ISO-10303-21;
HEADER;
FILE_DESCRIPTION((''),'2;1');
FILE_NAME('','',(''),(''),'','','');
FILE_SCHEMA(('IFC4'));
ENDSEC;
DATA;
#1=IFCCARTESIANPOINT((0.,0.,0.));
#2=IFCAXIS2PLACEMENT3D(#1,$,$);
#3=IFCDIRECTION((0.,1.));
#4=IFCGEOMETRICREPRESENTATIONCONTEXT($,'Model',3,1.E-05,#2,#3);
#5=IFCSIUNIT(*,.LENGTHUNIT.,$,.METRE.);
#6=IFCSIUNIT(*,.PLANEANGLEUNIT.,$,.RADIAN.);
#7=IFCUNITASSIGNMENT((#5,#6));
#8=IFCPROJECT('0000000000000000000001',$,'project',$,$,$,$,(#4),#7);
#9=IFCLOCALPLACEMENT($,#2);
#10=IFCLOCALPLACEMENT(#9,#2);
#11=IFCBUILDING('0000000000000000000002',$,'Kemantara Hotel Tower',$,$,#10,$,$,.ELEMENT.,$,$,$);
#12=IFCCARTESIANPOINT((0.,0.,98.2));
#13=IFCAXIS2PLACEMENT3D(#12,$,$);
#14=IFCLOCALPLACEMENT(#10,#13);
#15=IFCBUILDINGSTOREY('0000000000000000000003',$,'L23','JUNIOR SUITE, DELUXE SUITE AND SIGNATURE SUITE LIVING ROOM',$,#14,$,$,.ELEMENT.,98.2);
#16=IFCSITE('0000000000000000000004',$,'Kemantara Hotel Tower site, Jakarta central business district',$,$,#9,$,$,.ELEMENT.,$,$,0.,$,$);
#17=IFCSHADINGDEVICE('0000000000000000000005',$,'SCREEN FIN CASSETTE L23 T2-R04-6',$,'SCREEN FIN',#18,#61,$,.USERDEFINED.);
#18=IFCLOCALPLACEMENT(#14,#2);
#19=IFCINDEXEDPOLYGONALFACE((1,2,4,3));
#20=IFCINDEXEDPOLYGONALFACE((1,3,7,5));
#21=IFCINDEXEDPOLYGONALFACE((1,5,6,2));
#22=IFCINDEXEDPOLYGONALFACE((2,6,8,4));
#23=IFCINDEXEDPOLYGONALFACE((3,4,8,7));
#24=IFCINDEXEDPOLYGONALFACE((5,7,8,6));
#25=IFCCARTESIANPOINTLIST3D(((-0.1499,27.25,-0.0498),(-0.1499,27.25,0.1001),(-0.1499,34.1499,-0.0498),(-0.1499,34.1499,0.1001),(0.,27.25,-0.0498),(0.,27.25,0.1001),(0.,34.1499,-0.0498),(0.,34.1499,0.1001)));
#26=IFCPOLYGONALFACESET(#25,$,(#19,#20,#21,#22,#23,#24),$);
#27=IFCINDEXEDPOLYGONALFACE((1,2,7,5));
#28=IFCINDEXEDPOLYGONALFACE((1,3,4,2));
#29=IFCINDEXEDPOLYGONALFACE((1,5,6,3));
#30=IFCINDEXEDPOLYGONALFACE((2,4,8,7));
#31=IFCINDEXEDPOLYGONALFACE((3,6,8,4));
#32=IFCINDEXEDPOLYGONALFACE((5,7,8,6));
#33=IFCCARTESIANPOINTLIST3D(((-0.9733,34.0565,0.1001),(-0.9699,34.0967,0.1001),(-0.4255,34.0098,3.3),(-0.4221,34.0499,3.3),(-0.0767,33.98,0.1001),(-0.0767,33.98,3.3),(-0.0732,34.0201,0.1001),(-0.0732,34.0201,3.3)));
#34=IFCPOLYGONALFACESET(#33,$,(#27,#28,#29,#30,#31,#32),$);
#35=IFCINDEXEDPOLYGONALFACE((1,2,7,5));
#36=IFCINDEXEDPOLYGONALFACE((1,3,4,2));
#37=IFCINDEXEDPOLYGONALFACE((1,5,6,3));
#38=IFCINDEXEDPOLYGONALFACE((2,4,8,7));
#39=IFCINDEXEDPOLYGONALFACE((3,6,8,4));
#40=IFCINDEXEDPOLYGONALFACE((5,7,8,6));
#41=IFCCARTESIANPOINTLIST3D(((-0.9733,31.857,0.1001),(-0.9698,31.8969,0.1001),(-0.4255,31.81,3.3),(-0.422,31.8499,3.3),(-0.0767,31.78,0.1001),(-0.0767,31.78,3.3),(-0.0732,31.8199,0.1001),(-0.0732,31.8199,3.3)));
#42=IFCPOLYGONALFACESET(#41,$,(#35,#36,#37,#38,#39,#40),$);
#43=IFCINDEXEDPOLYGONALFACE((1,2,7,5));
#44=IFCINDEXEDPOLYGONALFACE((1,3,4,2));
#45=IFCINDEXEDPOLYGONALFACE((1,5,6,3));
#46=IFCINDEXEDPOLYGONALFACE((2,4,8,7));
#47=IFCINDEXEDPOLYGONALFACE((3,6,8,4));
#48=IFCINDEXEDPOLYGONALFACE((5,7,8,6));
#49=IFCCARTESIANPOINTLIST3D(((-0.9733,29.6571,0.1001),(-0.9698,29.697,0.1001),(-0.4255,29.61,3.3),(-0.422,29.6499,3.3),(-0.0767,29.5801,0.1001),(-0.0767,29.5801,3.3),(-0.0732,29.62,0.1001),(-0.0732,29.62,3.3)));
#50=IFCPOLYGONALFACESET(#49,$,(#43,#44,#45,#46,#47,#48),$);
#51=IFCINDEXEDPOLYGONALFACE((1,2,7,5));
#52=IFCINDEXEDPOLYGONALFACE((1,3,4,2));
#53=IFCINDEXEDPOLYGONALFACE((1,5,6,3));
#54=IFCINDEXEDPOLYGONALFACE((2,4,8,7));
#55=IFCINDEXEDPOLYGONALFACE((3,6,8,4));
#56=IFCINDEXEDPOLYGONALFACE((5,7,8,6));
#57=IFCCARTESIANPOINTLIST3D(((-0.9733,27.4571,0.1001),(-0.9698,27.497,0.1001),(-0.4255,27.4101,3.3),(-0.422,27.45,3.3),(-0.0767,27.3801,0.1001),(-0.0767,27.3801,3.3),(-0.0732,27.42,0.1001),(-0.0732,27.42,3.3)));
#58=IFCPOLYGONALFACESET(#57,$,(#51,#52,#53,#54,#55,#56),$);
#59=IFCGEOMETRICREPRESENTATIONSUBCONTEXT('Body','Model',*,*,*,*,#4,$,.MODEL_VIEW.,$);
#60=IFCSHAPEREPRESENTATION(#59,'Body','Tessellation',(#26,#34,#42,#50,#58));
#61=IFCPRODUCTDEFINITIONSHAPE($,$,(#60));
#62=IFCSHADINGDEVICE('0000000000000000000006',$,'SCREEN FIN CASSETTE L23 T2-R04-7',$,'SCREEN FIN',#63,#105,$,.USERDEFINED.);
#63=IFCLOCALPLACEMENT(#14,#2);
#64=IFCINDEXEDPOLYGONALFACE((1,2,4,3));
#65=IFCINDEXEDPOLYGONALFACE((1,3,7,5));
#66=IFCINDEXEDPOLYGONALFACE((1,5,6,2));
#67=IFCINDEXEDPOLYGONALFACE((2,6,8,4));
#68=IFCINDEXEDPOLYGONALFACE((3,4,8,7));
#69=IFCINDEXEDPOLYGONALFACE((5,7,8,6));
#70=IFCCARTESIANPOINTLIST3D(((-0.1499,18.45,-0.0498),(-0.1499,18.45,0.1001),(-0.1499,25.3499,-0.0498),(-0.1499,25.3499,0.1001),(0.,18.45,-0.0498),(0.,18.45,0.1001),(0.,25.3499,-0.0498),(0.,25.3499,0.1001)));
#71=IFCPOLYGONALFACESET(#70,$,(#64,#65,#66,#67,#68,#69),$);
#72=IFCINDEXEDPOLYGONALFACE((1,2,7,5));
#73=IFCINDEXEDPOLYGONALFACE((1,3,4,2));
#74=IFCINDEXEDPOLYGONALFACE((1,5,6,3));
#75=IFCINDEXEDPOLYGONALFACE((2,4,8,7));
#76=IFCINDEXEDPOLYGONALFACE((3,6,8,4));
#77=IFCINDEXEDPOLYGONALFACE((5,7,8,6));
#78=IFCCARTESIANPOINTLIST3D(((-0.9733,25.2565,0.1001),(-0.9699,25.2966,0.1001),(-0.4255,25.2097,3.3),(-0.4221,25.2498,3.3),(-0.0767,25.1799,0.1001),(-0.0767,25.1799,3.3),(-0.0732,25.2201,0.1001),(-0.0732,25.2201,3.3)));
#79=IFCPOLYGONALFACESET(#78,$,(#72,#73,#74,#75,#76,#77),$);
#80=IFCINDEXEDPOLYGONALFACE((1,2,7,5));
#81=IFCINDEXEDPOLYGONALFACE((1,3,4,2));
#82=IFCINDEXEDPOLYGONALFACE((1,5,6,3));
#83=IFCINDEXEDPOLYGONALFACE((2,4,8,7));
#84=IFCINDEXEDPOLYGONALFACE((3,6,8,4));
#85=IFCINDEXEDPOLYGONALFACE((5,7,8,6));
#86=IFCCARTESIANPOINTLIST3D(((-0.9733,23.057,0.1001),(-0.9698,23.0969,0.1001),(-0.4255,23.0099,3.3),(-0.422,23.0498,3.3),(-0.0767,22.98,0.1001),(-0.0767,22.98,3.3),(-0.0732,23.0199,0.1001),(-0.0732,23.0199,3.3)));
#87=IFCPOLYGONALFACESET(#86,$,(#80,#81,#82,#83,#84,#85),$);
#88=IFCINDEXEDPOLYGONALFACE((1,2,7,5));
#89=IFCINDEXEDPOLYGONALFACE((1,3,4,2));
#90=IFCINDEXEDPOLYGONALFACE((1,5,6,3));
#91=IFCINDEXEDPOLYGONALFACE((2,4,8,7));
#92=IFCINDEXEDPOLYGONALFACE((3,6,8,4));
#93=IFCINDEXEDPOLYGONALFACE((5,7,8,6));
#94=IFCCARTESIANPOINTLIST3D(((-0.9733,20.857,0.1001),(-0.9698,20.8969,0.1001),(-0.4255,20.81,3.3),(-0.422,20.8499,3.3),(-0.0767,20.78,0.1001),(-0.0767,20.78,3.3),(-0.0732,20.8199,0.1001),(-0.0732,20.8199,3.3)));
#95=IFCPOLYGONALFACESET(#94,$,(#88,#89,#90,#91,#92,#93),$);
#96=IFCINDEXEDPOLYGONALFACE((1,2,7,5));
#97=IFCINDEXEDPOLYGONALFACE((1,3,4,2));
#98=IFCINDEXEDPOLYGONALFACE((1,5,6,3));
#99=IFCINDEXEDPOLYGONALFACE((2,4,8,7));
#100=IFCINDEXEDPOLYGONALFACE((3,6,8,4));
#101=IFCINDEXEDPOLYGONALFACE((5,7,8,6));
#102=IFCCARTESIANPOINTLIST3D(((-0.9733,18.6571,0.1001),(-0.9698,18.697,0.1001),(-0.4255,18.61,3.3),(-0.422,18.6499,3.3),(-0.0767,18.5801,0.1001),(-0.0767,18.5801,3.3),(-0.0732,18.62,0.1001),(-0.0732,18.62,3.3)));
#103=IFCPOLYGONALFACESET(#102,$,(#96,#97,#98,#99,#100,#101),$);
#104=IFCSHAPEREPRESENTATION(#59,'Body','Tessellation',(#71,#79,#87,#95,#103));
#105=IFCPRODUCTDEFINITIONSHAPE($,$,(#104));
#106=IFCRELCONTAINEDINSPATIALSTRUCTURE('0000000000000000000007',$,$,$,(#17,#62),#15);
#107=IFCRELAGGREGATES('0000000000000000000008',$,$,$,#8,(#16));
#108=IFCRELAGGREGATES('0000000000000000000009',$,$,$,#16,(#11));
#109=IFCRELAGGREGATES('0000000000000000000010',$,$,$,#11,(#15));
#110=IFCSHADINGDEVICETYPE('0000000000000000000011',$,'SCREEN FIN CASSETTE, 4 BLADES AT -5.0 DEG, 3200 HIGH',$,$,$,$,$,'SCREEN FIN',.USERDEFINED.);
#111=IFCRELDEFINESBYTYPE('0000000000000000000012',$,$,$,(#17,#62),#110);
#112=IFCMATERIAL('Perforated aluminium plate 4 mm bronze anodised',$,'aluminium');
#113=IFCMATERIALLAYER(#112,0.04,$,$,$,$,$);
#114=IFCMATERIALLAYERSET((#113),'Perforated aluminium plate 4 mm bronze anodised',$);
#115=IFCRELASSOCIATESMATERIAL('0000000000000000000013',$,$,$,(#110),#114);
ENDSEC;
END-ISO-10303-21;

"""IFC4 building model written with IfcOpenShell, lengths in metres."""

from ifc_helpers import new_model, si_unit, direction, frame, origin, origin_2d, place, context, subcontext, project, spatial, polyline, rectangle, outline, extrude, source, transform, mapped, material, layer, layer_set, type_object, element, save


model = new_model("IFC4")

# Units and contexts
model_context = context("Model", 3, precision=1e-05, world=origin(), true_north=direction((0.0, 1.0)))
body_context = subcontext(model_context, "Body", "Model", "MODEL_VIEW")
ifc_project = project(units=[si_unit("LENGTHUNIT", "METRE"), si_unit("PLANEANGLEUNIT", "RADIAN")], contexts=[model_context])

# Site, building, storey
site_placement = place(None, origin())
site = spatial("IfcSite", under=ifc_project, at=site_placement, Name="Kemantara Hotel Tower site, Jakarta central business district", CompositionType="ELEMENT", RefElevation=0.0)
building_placement = place(site_placement, origin())
building = spatial("IfcBuilding", under=site, at=building_placement, Name="Kemantara Hotel Tower", CompositionType="ELEMENT")
storey_placement = place(building_placement, frame((0.0, 0.0, 98.2)))
storey = spatial("IfcBuildingStorey", under=building, at=storey_placement, Name="L23", Description="JUNIOR SUITE, DELUXE SUITE AND SIGNATURE SUITE LIVING ROOM", CompositionType="ELEMENT", Elevation=98.2)

# Shading devices
ifc_material_1 = material(Name="Perforated aluminium plate 4 mm bronze anodised", Category="aluminium")
ifc_layer_1 = layer(ifc_material_1, 0.04)
ifc_layer_set_1 = layer_set([ifc_layer_1], Name="Perforated aluminium plate 4 mm bronze anodised")
shading_device_type = type_object("IfcShadingDeviceType", Name="SCREEN FIN CASSETTE, 4 BLADES AT -5.0 DEG, 3200 HIGH", ElementType="SCREEN FIN", PredefinedType="USERDEFINED", material=ifc_layer_set_1)
shared_shape = source(origin(), body_context, "Body", "SweptSolid", [
    extrude(rectangle(XDim=6.8999, YDim=0.1499, at=origin_2d()), frame((3.3, -0.075, -0.1499), z_axis=(0.0, 0.0, 1.0), x_axis=(1.0, 0.0, 0.0)), (0.0, 0.0, 1.0), 0.1499),
    extrude(outline(polyline([(0.0, 0.0), (0.8999, 0.0), (0.3501, 3.2), (0.0, 3.2), (0.0, 0.0)])), frame((0.02, -0.0767, 0.0), z_axis=(-0.996376, 0.085056, 0.0), x_axis=(-0.085056, -0.996376, 0.0)), (0.0, 0.0, 1.0), 0.0403),
    extrude(outline(polyline([(0.0, 0.0), (0.8999, 0.0), (0.3501, 3.2), (0.0, 3.2), (0.0, 0.0)])), frame((2.22, -0.0767, 0.0), z_axis=(-0.996332, 0.085575, 0.0), x_axis=(-0.085575, -0.996332, 0.0)), (0.0, 0.0, 1.0), 0.04),
    extrude(outline(polyline([(0.0, 0.0), (0.8999, 0.0), (0.3501, 3.2), (0.0, 3.2), (0.0, 0.0)])), frame((4.4199, -0.0767, 0.0), z_axis=(-0.996332, 0.085575, 0.0), x_axis=(-0.085575, -0.996332, 0.0)), (0.0, 0.0, 1.0), 0.04),
    extrude(outline(polyline([(0.0, 0.0), (0.8999, 0.0), (0.3501, 3.2), (0.0, 3.2), (0.0, 0.0)])), frame((6.6199, -0.0767, 0.0), z_axis=(-0.996332, 0.085575, 0.0), x_axis=(-0.085575, -0.996332, 0.0)), (0.0, 0.0, 1.0), 0.04),
])
for number, where, z_axis, x_axis, name in (
    (1, (0.0, 34.0, 0.1001), (0.0, 0.0, 1.0), (0.0, -1.0, 0.0), "SCREEN FIN CASSETTE L23 T2-R04-6"),
    (2, (0.0, 25.2, 0.1001), (0.0, 0.0, 1.0), (0.0, -1.0, 0.0), "SCREEN FIN CASSETTE L23 T2-R04-7"),
):
    element("IfcShadingDevice", number, at=place(storey_placement, frame(where, z_axis=z_axis, x_axis=x_axis)), inside=storey, type_object=shading_device_type, Name=name, ObjectType="SCREEN FIN", PredefinedType="USERDEFINED", context=body_context, shape_type="MappedRepresentation", body=[
        mapped(shared_shape, transform((0.0, 0.0, 0.0))),
    ])

save(model, "model.ifc")
